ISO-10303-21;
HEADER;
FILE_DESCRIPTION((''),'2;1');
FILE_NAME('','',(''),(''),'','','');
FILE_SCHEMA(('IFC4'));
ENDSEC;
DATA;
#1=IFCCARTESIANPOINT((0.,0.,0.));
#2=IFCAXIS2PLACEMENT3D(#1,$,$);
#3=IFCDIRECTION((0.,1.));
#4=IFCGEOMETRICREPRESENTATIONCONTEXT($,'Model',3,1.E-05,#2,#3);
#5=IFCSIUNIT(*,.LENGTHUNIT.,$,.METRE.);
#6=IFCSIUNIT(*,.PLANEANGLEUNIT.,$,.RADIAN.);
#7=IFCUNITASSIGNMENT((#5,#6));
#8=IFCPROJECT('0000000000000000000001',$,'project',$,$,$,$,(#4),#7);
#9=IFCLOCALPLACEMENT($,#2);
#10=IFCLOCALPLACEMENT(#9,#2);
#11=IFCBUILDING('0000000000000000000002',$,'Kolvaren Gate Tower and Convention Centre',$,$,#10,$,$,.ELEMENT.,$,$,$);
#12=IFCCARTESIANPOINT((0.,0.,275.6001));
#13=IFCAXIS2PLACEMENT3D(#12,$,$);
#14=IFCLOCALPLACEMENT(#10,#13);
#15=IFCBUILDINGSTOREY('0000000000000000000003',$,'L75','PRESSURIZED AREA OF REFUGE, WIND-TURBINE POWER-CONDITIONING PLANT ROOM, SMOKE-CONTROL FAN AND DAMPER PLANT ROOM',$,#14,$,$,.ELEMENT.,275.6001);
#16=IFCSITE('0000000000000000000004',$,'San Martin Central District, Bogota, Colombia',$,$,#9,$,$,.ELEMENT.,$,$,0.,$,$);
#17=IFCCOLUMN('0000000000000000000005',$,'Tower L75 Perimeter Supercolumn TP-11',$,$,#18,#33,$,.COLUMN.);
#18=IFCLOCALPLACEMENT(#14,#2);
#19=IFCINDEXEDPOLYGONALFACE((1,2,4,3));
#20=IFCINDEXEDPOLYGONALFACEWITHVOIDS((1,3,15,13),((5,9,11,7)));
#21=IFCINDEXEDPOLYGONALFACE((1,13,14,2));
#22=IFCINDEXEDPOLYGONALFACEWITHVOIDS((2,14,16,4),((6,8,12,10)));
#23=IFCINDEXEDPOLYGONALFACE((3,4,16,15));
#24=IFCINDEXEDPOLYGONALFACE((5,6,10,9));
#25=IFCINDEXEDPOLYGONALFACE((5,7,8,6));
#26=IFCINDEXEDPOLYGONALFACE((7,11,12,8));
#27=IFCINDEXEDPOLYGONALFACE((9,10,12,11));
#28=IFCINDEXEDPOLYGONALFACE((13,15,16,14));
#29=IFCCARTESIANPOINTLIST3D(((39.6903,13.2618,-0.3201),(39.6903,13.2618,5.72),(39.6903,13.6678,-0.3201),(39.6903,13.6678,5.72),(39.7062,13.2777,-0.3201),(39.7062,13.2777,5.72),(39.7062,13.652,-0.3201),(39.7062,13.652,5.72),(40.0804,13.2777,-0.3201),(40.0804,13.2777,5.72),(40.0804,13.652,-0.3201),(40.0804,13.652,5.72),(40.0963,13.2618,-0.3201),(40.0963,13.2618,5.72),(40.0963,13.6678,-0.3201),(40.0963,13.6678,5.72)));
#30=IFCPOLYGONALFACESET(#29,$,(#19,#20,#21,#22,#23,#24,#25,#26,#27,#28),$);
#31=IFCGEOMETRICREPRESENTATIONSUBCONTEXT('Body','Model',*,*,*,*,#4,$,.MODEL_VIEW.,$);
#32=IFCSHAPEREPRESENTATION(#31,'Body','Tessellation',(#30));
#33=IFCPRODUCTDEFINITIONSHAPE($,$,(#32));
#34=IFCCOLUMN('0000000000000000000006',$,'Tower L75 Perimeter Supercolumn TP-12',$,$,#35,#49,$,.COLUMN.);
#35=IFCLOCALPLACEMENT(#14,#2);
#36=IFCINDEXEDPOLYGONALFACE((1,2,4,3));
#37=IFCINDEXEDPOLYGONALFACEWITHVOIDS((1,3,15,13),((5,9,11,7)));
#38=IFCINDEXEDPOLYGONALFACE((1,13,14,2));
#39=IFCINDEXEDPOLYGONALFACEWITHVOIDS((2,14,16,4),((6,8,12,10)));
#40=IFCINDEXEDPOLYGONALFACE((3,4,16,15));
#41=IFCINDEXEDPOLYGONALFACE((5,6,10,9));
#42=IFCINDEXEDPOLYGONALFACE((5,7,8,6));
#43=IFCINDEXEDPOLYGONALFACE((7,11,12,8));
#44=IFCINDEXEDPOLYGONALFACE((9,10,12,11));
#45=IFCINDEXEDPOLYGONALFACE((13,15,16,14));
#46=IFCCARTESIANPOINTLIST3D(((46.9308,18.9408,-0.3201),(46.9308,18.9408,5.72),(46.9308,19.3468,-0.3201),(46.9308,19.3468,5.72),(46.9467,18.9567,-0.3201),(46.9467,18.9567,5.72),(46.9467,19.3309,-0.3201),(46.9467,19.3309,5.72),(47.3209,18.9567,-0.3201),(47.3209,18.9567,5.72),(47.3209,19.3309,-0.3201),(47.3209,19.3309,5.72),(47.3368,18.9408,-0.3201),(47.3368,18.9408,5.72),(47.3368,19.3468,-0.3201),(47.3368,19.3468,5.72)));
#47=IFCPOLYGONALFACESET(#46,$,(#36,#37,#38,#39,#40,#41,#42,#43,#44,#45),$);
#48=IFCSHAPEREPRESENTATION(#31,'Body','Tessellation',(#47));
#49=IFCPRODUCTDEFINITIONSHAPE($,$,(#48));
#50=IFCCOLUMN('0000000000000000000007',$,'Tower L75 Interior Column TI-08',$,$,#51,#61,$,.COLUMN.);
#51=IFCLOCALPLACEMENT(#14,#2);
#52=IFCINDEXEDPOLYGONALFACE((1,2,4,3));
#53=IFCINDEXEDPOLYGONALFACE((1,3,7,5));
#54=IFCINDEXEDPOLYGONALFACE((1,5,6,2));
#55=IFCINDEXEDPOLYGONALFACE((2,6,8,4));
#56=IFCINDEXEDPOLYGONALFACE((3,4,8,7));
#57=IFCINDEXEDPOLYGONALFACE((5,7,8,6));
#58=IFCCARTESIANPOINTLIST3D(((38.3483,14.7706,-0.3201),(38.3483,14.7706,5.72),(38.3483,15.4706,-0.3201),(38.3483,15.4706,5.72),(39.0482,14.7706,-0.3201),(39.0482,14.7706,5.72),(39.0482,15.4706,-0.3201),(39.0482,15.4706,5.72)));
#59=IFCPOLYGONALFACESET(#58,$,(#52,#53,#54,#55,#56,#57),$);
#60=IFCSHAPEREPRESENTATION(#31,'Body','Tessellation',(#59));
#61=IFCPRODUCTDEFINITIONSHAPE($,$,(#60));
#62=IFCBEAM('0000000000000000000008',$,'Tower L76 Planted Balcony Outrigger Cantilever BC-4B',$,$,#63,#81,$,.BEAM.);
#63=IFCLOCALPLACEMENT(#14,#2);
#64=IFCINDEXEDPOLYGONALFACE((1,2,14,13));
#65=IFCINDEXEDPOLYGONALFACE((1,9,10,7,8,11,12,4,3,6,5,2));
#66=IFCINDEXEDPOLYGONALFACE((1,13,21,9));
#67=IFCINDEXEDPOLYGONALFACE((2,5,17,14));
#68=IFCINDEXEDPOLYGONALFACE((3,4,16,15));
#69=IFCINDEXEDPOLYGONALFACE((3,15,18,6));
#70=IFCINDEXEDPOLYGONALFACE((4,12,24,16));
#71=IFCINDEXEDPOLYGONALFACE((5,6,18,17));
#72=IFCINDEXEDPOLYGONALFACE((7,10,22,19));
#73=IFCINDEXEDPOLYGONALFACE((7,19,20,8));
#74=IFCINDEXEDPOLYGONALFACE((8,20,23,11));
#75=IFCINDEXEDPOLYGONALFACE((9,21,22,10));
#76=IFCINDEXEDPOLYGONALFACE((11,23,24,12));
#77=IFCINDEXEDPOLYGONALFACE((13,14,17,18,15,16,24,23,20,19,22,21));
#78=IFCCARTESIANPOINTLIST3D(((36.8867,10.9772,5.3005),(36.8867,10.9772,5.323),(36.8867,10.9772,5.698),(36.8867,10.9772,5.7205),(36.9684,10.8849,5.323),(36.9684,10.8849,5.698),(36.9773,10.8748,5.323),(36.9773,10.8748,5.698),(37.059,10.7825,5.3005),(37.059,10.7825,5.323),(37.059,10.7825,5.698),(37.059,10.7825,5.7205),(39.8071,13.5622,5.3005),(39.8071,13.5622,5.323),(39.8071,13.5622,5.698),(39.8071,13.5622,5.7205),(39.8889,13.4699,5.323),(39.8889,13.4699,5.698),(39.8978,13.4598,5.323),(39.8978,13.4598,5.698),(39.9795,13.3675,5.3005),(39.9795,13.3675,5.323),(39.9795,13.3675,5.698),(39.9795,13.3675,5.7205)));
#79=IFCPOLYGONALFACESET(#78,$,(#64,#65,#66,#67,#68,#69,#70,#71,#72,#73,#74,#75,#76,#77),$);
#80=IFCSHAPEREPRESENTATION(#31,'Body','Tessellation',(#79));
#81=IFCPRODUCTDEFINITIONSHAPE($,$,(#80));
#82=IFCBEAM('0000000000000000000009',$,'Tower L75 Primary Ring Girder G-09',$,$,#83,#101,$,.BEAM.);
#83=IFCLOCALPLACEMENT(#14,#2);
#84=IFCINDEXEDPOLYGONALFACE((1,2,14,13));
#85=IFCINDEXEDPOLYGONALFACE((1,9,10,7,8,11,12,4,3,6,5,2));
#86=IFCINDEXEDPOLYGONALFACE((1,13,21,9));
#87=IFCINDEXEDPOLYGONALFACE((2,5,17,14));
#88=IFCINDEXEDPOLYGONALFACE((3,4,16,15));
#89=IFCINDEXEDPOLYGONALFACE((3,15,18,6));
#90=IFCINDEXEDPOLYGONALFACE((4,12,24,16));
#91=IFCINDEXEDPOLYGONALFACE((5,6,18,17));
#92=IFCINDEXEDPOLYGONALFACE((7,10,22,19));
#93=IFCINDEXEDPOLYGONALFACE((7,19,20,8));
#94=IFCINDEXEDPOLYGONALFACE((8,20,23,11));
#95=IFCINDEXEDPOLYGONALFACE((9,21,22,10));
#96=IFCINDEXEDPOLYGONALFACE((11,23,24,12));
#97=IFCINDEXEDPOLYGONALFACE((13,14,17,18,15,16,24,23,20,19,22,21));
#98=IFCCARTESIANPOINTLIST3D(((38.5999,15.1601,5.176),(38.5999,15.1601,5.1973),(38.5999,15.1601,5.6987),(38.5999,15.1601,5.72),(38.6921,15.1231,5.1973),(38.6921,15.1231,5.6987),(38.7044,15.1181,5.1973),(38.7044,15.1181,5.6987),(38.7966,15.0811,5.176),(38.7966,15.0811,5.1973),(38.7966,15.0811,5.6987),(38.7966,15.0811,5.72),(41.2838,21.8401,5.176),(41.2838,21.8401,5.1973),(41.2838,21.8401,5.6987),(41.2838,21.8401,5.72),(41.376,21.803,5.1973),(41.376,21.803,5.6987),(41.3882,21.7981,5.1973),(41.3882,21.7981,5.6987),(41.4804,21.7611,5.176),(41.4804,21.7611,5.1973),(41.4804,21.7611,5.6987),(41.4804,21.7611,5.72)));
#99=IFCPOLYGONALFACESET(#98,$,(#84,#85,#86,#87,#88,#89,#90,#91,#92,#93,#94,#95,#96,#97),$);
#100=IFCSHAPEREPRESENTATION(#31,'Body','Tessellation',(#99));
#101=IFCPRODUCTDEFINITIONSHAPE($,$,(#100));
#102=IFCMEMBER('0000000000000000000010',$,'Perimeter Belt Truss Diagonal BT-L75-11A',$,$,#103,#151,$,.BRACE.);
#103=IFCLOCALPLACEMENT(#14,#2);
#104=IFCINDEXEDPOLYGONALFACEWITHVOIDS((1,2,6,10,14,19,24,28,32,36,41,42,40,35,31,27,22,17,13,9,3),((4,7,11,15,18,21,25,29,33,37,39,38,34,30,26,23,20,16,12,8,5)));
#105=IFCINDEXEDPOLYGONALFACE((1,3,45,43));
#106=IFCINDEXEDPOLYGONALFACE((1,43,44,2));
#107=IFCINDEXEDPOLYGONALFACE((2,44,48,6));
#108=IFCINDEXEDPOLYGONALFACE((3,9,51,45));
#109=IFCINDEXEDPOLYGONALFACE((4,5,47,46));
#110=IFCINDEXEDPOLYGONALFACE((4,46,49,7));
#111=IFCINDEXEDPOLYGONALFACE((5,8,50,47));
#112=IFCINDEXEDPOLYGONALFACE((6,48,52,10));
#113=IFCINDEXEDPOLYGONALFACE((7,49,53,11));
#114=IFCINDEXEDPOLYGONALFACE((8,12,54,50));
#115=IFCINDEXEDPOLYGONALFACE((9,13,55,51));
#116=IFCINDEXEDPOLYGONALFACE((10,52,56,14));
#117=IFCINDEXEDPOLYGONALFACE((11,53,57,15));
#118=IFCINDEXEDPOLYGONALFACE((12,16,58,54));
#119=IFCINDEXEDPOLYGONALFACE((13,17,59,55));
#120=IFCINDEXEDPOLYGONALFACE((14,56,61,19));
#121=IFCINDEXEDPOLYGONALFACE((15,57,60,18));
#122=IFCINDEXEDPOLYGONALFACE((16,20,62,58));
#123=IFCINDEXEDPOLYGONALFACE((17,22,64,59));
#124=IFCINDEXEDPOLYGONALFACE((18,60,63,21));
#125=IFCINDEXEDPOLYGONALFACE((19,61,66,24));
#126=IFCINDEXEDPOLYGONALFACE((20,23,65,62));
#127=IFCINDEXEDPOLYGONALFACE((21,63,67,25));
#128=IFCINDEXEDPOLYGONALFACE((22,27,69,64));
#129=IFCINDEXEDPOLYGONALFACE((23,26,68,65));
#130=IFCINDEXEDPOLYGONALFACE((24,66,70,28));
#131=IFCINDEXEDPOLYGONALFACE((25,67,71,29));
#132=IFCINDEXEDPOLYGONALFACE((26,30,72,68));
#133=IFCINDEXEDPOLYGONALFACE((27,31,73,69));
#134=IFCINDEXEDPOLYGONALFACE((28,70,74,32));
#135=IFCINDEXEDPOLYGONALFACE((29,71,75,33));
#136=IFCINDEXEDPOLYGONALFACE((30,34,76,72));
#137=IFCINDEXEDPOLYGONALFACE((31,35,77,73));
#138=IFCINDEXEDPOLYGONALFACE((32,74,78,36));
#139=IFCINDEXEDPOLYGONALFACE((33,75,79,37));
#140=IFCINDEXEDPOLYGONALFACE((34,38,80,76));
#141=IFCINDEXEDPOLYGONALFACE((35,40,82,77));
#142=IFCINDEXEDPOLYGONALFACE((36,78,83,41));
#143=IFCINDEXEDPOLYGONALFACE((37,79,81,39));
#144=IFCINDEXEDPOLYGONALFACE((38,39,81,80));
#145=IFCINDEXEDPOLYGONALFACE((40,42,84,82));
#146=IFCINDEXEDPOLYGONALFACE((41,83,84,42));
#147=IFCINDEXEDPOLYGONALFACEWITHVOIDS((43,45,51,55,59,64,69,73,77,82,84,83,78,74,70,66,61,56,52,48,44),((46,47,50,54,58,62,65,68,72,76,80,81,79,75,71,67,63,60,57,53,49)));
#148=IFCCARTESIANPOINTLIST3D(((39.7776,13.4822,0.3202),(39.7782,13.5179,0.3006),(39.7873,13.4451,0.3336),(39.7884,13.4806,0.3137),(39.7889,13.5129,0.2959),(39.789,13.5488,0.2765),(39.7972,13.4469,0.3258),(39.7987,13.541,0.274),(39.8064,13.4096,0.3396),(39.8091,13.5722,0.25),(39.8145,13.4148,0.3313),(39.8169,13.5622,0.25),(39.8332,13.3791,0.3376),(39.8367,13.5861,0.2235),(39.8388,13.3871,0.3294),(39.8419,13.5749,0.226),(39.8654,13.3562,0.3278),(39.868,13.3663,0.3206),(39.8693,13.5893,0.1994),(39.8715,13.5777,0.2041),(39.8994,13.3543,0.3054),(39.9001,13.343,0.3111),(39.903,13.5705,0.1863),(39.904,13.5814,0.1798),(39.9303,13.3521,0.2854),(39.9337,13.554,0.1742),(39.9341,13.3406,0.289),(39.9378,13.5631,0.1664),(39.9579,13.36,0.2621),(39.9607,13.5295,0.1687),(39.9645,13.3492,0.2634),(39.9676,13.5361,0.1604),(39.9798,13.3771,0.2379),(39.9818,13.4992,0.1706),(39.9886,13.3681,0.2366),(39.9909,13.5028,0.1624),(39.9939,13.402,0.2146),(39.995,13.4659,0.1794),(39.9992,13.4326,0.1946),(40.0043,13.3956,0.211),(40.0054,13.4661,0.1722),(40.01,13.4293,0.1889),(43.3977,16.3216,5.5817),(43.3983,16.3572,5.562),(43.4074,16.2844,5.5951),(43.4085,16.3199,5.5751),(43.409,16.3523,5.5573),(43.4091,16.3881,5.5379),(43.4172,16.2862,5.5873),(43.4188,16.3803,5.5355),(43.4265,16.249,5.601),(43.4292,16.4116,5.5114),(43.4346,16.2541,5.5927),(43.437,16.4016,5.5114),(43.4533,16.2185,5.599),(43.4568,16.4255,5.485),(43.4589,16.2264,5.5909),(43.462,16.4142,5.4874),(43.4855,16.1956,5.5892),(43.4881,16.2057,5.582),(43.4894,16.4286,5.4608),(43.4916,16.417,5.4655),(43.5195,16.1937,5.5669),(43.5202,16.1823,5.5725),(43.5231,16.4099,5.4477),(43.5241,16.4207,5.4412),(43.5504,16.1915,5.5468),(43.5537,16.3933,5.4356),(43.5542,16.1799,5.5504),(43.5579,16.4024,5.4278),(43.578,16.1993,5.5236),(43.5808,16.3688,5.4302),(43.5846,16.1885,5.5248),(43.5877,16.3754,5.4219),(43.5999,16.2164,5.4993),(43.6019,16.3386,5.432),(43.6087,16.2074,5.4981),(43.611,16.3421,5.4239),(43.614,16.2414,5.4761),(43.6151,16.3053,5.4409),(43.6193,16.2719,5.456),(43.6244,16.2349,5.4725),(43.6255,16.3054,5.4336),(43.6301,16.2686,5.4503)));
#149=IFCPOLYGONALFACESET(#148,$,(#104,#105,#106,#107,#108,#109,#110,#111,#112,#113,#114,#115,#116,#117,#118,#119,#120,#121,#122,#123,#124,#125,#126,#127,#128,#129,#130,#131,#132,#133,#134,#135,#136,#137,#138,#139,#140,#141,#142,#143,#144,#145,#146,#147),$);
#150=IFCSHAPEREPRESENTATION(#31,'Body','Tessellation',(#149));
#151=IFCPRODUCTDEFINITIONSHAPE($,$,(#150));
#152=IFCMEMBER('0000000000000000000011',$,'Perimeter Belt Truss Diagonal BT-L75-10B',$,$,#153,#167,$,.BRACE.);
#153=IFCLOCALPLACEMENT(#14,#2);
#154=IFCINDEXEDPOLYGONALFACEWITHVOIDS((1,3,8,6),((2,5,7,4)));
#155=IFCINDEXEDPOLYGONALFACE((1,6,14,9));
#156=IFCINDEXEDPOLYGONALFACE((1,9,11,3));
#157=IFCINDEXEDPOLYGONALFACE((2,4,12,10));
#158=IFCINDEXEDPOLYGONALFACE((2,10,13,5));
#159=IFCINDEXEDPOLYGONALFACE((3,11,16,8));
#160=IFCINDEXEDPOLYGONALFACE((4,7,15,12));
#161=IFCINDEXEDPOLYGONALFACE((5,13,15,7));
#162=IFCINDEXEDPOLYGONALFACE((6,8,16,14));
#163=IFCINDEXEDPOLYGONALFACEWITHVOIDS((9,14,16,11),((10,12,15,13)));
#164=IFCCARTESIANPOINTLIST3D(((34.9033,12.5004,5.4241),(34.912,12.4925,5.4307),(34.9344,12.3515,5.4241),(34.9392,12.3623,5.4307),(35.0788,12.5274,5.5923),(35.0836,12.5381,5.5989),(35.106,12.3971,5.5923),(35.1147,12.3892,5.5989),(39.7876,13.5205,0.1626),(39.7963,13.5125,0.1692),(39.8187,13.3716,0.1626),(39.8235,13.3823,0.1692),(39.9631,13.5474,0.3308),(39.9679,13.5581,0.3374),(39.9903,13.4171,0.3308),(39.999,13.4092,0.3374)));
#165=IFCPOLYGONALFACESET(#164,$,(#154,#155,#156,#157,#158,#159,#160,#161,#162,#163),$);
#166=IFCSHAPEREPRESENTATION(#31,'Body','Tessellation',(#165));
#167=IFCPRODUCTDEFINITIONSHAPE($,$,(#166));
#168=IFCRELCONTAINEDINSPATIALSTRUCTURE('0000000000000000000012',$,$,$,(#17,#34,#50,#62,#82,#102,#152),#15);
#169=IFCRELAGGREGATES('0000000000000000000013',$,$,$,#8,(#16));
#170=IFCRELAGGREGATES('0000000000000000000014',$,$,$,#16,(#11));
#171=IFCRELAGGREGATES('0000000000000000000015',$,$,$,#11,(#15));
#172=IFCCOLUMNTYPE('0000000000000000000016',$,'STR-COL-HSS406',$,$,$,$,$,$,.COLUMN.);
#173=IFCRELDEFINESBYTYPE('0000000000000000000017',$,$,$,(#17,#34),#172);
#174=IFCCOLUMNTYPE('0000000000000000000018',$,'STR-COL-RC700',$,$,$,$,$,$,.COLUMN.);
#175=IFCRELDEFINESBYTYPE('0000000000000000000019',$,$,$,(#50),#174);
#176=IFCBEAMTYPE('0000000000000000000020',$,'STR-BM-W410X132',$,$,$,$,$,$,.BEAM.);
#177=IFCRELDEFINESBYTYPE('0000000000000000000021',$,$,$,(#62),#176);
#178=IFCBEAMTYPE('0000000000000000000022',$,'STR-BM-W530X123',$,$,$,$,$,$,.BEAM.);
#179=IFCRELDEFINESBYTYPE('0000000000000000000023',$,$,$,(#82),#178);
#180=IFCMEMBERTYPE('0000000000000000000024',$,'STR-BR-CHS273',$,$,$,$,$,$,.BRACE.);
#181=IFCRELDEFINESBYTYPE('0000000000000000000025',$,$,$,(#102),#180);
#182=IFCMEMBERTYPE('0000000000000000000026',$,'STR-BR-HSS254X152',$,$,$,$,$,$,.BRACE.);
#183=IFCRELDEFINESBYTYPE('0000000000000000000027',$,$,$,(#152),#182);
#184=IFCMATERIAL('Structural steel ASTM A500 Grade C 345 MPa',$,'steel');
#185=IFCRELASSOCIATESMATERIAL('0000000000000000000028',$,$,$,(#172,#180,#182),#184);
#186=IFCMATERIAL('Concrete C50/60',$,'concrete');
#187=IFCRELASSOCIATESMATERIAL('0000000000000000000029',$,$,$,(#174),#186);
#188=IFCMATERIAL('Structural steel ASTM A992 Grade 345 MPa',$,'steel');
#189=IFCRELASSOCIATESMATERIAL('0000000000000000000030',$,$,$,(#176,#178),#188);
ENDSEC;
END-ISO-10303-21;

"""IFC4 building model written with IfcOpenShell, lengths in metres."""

from ifc_helpers import new_model, si_unit, direction, frame, origin, origin_2d, place, context, subcontext, project, spatial, rectangle, hollow_rectangle, hollow_circle, i_section, extrude, material, material_profile, profile_set, type_object, element, save


model = new_model("IFC4")

# Units and contexts
model_context = context("Model", 3, precision=1e-05, world=origin(), true_north=direction((0.0, 1.0)))
body_context = subcontext(model_context, "Body", "Model", "MODEL_VIEW")
ifc_project = project(units=[si_unit("LENGTHUNIT", "METRE"), si_unit("PLANEANGLEUNIT", "RADIAN")], contexts=[model_context])

# Site, building, storey
site_placement = place(None, origin())
site = spatial("IfcSite", under=ifc_project, at=site_placement, Name="San Martin Central District, Bogota, Colombia", CompositionType="ELEMENT", RefElevation=0.0)
building_placement = place(site_placement, origin())
building = spatial("IfcBuilding", under=site, at=building_placement, Name="Kolvaren Gate Tower and Convention Centre", CompositionType="ELEMENT")
storey_placement = place(building_placement, frame((0.0, 0.0, 275.6001)))
storey = spatial("IfcBuildingStorey", under=building, at=storey_placement, Name="L75", Description="PRESSURIZED AREA OF REFUGE, WIND-TURBINE POWER-CONDITIONING PLANT ROOM, SMOKE-CONTROL FAN AND DAMPER PLANT ROOM", CompositionType="ELEMENT", Elevation=275.6001)

# Columns
ifc_material_1 = material(Name="Structural steel ASTM A500 Grade C 345 MPa", Category="steel")
ifc_material_profile_1 = material_profile(ifc_material_1, hollow_rectangle(XDim=0.406, YDim=0.406, WallThickness=0.0159, at=origin_2d()), Name="HSS406X406X15.9")
ifc_profile_set_1 = profile_set([ifc_material_profile_1], Name="Structural steel ASTM A500 Grade C 345 MPa")
column_type_1 = type_object("IfcColumnType", Name="STR-COL-HSS406", PredefinedType="COLUMN", material=ifc_profile_set_1)
for number, where, z_axis, x_axis, name in (
    (1, (39.8933, 13.4648, -0.3201), (0.0, 0.0, 1.0), (1.0, 0.0, 0.0), "Tower L75 Perimeter Supercolumn TP-11"),
    (2, (47.1338, 19.1438, -0.3201), (0.0, 0.0, 1.0), (1.0, 0.0, 0.0), "Tower L75 Perimeter Supercolumn TP-12"),
):
    element("IfcColumn", number, at=place(storey_placement, frame(where, z_axis=z_axis, x_axis=x_axis)), inside=storey, type_object=column_type_1, Name=name, PredefinedType="COLUMN", context=body_context, shape_type="SweptSolid", body=[
        extrude(hollow_rectangle(XDim=0.406, YDim=0.406, WallThickness=0.0159, at=origin_2d()), origin(), (0.0, 0.0, 1.0), 6.04),
    ])
ifc_material_2 = material(Name="Concrete C50/60", Category="concrete")
ifc_material_profile_2 = material_profile(ifc_material_2, rectangle(XDim=0.7, YDim=0.7, at=origin_2d()), Name="RC-COL-700X700")
ifc_profile_set_2 = profile_set([ifc_material_profile_2], Name="Concrete C50/60")
column_type_2 = type_object("IfcColumnType", Name="STR-COL-RC700", PredefinedType="COLUMN", material=ifc_profile_set_2)
column_placement = place(storey_placement, frame((38.6982, 15.1206, -0.3201), z_axis=(0.0, 0.0, 1.0), x_axis=(1.0, 0.0, 0.0)))
element("IfcColumn", 3, at=column_placement, inside=storey, type_object=column_type_2, Name="Tower L75 Interior Column TI-08", PredefinedType="COLUMN", context=body_context, shape_type="SweptSolid", body=[
    extrude(rectangle(XDim=0.7, YDim=0.7, at=origin_2d()), origin(), (0.0, 0.0, 1.0), 6.04),
])

# Beams
ifc_material_3 = material(Name="Structural steel ASTM A992 Grade 345 MPa", Category="steel")
ifc_material_profile_3 = material_profile(ifc_material_3, i_section(OverallWidth=0.26, OverallDepth=0.4199, WebThickness=0.0134, FlangeThickness=0.0225, at=origin_2d()), Name="W410X132")
ifc_profile_set_3 = profile_set([ifc_material_profile_3], Name="Structural steel ASTM A992 Grade 345 MPa")
beam_type_1 = type_object("IfcBeamType", Name="STR-BM-W410X132", PredefinedType="BEAM", material=ifc_profile_set_3)
beam_1_placement = place(storey_placement, frame((39.8933, 13.4648, 5.5105), z_axis=(-0.748803, -0.662793, 0.0), x_axis=(0.662793, -0.748803, 0.0)))
element("IfcBeam", 4, at=beam_1_placement, inside=storey, type_object=beam_type_1, Name="Tower L76 Planted Balcony Outrigger Cantilever BC-4B", PredefinedType="BEAM", context=body_context, shape_type="SweptSolid", body=[
    extrude(i_section(OverallWidth=0.26, OverallDepth=0.4199, WebThickness=0.0134, FlangeThickness=0.0225, at=origin_2d()), origin(), (0.0, 0.0, 1.0), 3.9001),
])
ifc_material_profile_4 = material_profile(ifc_material_3, i_section(OverallWidth=0.2119, OverallDepth=0.5439, WebThickness=0.0132, FlangeThickness=0.0212, at=origin_2d()), Name="W530X123")
ifc_profile_set_4 = profile_set([ifc_material_profile_4], Name="Structural steel ASTM A992 Grade 345 MPa")
beam_type_2 = type_object("IfcBeamType", Name="STR-BM-W530X123", PredefinedType="BEAM", material=ifc_profile_set_4)
beam_2_placement = place(storey_placement, frame((38.6982, 15.1206, 5.448), z_axis=(0.372811, 0.927907, 0.0), x_axis=(-0.927907, 0.372811, 0.0)))
element("IfcBeam", 5, at=beam_2_placement, inside=storey, type_object=beam_type_2, Name="Tower L75 Primary Ring Girder G-09", PredefinedType="BEAM", context=body_context, shape_type="SweptSolid", body=[
    extrude(i_section(OverallWidth=0.2119, OverallDepth=0.5439, WebThickness=0.0132, FlangeThickness=0.0212, at=origin_2d()), origin(), (0.0, 0.0, 1.0), 7.199),
])

# Members
ifc_material_profile_5 = material_profile(ifc_material_1, hollow_circle(Radius=0.1365, WallThickness=0.0127, at=origin_2d()), Name="CHS273X12.7")
ifc_profile_set_5 = profile_set([ifc_material_profile_5], Name="Structural steel ASTM A500 Grade C 345 MPa")
member_type_1 = type_object("IfcMemberType", Name="STR-BR-CHS273", PredefinedType="BRACE", material=ifc_profile_set_5)
member_1_placement = place(storey_placement, frame((39.8933, 13.4648, 0.25), z_axis=(0.517951, 0.406243, 0.75279), x_axis=(-0.617146, 0.786848, 0.0)))
element("IfcMember", 6, at=member_1_placement, inside=storey, type_object=member_type_1, Name="Perimeter Belt Truss Diagonal BT-L75-11A", PredefinedType="BRACE", context=body_context, shape_type="SweptSolid", body=[
    extrude(hollow_circle(Radius=0.1365, WallThickness=0.0127, at=origin_2d()), origin(), (0.0, 0.0, 1.0), 6.9893),
])
ifc_material_profile_6 = material_profile(ifc_material_1, hollow_rectangle(XDim=0.1521, YDim=0.2539, WallThickness=0.0095, at=origin_2d()), Name="HSS254X152X9.5")
ifc_profile_set_6 = profile_set([ifc_material_profile_6], Name="Structural steel ASTM A500 Grade C 345 MPa")
member_type_2 = type_object("IfcMemberType", Name="STR-BR-HSS254X152", PredefinedType="BRACE", material=ifc_profile_set_6)
member_2_placement = place(storey_placement, frame((39.8933, 13.4648, 0.25), z_axis=(-0.673583, -0.140669, 0.725602), x_axis=(0.204427, -0.978882, 0.0)))
element("IfcMember", 7, at=member_2_placement, inside=storey, type_object=member_type_2, Name="Perimeter Belt Truss Diagonal BT-L75-10B", PredefinedType="BRACE", context=body_context, shape_type="SweptSolid", body=[
    extrude(hollow_rectangle(XDim=0.1521, YDim=0.2539, WallThickness=0.0095, at=origin_2d()), origin(), (0.0, 0.0, 1.0), 7.2512),
])

save(model, "model.ifc")
